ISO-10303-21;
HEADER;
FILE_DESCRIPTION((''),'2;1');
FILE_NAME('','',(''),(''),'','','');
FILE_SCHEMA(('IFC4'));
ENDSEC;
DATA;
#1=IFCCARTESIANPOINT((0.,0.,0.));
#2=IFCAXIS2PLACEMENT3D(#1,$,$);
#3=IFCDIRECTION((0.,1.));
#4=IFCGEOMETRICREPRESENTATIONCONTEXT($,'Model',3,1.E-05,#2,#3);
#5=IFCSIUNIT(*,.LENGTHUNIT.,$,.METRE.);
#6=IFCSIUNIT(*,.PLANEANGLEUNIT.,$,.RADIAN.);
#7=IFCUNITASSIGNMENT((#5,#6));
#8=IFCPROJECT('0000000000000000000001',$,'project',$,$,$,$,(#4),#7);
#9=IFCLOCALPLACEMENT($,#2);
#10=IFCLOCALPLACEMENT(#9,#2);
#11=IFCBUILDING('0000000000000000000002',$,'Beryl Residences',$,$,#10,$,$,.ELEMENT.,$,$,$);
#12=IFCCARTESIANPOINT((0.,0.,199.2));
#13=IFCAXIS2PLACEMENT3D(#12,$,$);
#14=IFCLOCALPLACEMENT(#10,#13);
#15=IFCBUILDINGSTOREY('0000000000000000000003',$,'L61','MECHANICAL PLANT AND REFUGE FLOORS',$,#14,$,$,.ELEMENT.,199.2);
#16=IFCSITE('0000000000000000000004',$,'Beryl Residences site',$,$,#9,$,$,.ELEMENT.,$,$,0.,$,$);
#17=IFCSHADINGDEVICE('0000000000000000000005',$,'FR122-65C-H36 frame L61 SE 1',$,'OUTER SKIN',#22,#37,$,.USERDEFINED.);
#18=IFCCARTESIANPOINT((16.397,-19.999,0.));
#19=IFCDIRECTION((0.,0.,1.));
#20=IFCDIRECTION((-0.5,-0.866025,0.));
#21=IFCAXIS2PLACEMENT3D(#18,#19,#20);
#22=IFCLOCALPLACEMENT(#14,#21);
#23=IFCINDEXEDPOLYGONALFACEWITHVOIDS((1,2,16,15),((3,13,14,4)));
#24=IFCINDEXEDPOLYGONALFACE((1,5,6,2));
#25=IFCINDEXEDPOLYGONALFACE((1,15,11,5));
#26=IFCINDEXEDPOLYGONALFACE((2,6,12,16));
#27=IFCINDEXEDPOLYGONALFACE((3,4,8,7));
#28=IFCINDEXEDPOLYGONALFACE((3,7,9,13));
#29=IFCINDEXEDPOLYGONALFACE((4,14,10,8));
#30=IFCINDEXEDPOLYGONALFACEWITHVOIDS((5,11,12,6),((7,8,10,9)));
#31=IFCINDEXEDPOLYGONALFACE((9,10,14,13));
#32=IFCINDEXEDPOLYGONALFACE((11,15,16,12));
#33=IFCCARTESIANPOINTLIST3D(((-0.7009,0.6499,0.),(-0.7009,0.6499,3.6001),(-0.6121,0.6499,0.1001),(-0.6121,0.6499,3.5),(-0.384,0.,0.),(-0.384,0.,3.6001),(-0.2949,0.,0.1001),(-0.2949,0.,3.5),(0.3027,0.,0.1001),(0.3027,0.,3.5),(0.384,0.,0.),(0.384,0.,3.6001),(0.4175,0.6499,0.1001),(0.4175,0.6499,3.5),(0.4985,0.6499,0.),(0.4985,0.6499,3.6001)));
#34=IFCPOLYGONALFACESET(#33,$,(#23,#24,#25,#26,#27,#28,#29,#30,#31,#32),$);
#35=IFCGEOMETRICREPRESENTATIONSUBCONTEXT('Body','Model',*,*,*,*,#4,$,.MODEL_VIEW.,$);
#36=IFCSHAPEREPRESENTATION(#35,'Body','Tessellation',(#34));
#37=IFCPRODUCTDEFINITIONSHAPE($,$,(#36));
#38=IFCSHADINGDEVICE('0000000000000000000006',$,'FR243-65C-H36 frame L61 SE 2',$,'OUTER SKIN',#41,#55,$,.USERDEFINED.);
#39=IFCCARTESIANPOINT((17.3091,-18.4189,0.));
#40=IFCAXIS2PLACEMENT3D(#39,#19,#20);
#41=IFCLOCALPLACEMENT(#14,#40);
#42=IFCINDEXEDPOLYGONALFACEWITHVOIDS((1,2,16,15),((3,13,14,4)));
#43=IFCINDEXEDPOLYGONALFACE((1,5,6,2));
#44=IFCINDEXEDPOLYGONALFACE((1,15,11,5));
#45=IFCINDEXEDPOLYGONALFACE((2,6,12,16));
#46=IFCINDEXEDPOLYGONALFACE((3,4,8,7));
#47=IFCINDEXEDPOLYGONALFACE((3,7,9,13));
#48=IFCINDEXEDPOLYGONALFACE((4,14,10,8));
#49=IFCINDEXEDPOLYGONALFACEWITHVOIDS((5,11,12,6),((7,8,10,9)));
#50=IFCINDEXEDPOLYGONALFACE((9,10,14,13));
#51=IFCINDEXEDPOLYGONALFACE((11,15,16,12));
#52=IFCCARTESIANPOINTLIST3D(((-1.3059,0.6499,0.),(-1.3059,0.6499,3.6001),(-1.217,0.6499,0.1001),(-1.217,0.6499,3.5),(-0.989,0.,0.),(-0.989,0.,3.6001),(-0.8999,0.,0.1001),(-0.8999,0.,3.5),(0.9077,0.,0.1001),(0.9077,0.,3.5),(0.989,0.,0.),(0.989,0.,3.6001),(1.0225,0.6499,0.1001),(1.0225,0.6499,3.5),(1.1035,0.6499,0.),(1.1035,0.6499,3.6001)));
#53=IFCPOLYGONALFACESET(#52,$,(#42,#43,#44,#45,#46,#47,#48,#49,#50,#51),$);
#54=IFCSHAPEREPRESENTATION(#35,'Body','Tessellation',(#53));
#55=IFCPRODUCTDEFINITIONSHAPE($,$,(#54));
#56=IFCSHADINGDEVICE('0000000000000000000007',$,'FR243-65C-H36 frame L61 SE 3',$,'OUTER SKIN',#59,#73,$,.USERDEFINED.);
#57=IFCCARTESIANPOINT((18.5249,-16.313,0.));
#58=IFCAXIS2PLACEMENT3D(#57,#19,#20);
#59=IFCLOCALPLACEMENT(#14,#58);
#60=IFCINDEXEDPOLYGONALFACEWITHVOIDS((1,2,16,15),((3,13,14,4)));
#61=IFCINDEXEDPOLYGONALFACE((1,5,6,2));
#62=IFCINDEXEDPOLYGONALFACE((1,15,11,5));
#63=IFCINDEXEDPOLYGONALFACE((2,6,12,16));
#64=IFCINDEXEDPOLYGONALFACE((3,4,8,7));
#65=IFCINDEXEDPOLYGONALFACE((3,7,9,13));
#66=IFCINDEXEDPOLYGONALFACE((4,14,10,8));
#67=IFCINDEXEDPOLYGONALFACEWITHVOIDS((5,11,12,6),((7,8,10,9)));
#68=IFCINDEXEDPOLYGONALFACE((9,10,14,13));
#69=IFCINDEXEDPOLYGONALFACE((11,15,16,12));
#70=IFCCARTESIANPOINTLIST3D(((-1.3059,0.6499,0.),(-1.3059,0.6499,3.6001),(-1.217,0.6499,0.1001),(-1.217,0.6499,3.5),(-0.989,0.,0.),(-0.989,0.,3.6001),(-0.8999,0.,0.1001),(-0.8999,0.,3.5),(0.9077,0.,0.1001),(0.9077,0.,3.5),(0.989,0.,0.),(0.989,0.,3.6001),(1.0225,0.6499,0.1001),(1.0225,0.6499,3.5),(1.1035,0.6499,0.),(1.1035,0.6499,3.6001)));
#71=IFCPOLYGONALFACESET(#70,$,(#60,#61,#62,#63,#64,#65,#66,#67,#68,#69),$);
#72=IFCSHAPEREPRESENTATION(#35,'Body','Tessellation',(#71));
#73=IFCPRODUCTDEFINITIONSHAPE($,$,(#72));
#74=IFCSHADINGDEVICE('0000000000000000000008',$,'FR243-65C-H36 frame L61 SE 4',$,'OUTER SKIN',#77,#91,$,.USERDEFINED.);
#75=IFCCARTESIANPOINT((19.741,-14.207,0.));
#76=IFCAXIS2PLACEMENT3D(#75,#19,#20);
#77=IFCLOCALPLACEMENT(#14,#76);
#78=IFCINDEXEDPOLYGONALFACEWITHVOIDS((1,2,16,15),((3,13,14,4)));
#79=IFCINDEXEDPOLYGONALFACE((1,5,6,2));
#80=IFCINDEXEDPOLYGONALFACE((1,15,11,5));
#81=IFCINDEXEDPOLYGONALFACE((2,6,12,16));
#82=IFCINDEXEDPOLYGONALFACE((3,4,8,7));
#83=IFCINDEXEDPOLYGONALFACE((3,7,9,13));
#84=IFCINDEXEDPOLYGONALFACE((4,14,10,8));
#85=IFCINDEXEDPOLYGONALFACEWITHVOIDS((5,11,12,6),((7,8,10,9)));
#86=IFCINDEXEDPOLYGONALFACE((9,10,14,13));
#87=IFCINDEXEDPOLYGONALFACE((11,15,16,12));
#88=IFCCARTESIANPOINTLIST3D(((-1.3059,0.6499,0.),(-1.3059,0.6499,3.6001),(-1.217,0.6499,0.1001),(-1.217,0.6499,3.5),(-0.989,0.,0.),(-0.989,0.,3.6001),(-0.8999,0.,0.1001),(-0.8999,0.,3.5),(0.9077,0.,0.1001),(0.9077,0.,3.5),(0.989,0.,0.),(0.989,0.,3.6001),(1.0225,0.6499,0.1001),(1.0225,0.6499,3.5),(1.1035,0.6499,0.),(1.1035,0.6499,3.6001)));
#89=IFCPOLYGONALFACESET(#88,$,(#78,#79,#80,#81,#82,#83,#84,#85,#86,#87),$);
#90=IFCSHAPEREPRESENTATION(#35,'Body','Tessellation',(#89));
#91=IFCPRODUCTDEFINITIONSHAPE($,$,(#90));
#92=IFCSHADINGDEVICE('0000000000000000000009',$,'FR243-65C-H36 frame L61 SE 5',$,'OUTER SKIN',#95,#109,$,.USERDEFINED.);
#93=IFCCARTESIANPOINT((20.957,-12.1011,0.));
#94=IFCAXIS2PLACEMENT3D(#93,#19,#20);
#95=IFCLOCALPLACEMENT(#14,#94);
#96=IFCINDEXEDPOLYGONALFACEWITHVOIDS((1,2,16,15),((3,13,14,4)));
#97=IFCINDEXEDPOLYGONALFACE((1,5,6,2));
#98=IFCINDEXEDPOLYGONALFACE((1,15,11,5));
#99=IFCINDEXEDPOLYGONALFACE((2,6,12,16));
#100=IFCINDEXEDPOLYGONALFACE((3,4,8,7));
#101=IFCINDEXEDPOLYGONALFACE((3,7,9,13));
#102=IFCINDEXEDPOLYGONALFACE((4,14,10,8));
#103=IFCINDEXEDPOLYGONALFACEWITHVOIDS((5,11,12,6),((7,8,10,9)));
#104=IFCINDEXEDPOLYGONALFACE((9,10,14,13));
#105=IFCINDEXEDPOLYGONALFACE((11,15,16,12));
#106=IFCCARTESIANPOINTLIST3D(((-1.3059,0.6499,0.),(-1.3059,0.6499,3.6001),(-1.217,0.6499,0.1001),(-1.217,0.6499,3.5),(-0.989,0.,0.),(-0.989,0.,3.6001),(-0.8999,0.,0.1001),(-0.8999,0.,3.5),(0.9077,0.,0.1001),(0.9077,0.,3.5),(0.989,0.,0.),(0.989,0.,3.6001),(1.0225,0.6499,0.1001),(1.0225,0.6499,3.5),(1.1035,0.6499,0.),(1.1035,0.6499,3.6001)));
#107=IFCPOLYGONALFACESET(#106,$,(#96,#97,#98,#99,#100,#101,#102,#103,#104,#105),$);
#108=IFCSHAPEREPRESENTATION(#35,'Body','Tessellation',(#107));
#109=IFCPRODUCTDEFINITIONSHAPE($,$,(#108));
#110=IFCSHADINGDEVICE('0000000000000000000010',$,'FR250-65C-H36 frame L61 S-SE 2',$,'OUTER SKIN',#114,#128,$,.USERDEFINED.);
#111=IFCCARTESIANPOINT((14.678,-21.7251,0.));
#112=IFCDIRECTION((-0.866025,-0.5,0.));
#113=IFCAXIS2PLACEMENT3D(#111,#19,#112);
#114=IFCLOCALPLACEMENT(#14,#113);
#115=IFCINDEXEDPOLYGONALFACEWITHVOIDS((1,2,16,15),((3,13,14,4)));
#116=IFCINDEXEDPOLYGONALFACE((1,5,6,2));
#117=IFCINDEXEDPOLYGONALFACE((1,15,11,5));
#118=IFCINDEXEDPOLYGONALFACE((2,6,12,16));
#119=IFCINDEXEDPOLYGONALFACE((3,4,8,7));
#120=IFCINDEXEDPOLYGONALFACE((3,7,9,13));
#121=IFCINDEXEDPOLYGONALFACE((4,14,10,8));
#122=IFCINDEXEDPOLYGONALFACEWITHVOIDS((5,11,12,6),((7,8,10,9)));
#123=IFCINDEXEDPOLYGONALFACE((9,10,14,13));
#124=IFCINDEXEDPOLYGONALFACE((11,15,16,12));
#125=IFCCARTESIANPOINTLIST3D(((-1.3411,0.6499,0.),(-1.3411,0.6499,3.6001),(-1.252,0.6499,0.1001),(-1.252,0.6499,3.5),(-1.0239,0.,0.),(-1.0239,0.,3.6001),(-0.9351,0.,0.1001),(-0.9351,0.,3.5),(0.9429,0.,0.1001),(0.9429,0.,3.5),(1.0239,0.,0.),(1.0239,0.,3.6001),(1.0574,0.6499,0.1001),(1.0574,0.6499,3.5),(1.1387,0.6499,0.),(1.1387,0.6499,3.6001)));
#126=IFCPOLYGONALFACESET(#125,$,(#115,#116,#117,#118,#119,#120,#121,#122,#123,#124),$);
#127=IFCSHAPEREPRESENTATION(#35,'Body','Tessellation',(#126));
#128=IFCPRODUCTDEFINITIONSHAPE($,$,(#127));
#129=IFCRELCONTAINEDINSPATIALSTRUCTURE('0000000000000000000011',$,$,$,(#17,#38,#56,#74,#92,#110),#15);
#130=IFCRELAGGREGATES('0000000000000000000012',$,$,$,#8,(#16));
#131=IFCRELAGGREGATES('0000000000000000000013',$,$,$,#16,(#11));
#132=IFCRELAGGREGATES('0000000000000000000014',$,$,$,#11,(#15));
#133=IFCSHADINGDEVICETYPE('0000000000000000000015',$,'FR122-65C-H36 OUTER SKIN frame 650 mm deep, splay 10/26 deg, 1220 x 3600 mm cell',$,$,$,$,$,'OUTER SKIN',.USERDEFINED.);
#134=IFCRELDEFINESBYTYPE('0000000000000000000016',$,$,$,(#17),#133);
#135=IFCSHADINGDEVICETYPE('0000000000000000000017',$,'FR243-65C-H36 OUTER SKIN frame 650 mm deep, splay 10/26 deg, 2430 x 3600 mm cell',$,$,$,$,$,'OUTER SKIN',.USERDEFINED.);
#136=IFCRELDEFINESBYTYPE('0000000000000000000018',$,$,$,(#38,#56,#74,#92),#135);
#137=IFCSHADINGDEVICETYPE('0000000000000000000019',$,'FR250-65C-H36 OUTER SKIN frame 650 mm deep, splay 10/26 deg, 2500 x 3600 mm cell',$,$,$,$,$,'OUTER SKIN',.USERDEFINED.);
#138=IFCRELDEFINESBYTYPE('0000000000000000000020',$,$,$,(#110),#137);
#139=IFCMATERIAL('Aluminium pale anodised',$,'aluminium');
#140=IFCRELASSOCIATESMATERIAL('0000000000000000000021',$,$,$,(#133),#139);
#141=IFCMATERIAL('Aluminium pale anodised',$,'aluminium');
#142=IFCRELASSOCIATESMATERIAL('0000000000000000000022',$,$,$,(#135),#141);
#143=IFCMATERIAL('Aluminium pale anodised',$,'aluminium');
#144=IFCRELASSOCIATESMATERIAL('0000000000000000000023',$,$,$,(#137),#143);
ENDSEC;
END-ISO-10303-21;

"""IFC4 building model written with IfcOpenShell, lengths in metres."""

from ifc_helpers import new_model, entity, si_unit, direction, frame, origin, place, context, subcontext, project, spatial, source, transform, mapped, material, type_object, type_shapes, element, save


model = new_model("IFC4")

# Units and contexts
model_context = context("Model", 3, precision=1e-05, world=origin(), true_north=direction((0.0, 1.0)))
body_context = subcontext(model_context, "Body", "Model", "MODEL_VIEW")
ifc_project = project(units=[si_unit("LENGTHUNIT", "METRE"), si_unit("PLANEANGLEUNIT", "RADIAN")], contexts=[model_context])

# Site, building, storey
site_placement = place(None, origin())
site = spatial("IfcSite", under=ifc_project, at=site_placement, Name="Beryl Residences site", CompositionType="ELEMENT", RefElevation=0.0)
building_placement = place(site_placement, origin())
building = spatial("IfcBuilding", under=site, at=building_placement, Name="Beryl Residences", CompositionType="ELEMENT")
storey_placement = place(building_placement, frame((0.0, 0.0, 199.2)))
storey = spatial("IfcBuildingStorey", under=building, at=storey_placement, Name="L61", Description="MECHANICAL PLANT AND REFUGE FLOORS", CompositionType="ELEMENT", Elevation=199.2)

# Shading devices
ifc_material_1 = material(Name="Aluminium pale anodised", Category="aluminium")
shading_device_type_1 = type_object("IfcShadingDeviceType", Name="FR122-65C-H36 OUTER SKIN frame 650 mm deep, splay 10/26 deg, 1220 x 3600 mm cell", ElementType="OUTER SKIN", PredefinedType="USERDEFINED", material=ifc_material_1)
cartesian_point_1 = entity("IfcCartesianPoint", [-0.384, 0.0])
cartesian_point_2 = entity("IfcCartesianPoint", [-0.3027, 0.1001])
cartesian_point_3 = entity("IfcCartesianPoint", [-0.4985, 0.0])
cartesian_point_4 = entity("IfcCartesianPoint", [-0.4175, 0.1001])
shared_shape_1 = source(origin(), body_context, "Body", "SweptSolid", [
    entity("IfcExtrudedAreaSolidTapered", entity("IfcArbitraryProfileDefWithVoids", "AREA", None, entity("IfcPolyline", [cartesian_point_1, entity("IfcCartesianPoint", [0.384, 0.0]), entity("IfcCartesianPoint", [0.384, 3.6001]), entity("IfcCartesianPoint", [-0.384, 3.6001]), cartesian_point_1]), [entity("IfcPolyline", [cartesian_point_2, entity("IfcCartesianPoint", [0.2949, 0.1001]), entity("IfcCartesianPoint", [0.2949, 3.5]), entity("IfcCartesianPoint", [-0.3027, 3.5]), cartesian_point_2])]), entity("IfcAxis2Placement3D", entity("IfcCartesianPoint", [0.0, 0.0, 0.0]), entity("IfcDirection", [0.0, 1.0, 0.0]), entity("IfcDirection", [-1.0, 0.0, 0.0])), entity("IfcDirection", [0.0, 0.0, 1.0]), 0.6499, entity("IfcArbitraryProfileDefWithVoids", "AREA", None, entity("IfcPolyline", [cartesian_point_3, entity("IfcCartesianPoint", [0.7009, 0.0]), entity("IfcCartesianPoint", [0.7009, 3.6001]), entity("IfcCartesianPoint", [-0.4985, 3.6001]), cartesian_point_3]), [entity("IfcPolyline", [cartesian_point_4, entity("IfcCartesianPoint", [0.6121, 0.1001]), entity("IfcCartesianPoint", [0.6121, 3.5]), entity("IfcCartesianPoint", [-0.4175, 3.5]), cartesian_point_4])])),
])
type_shapes(shading_device_type_1, [shared_shape_1])
shading_device_1_placement = place(storey_placement, frame((16.397, -19.999, 0.0), z_axis=(0.0, 0.0, 1.0), x_axis=(-0.5, -0.866025, 0.0)))
element("IfcShadingDevice", 1, at=shading_device_1_placement, inside=storey, type_object=shading_device_type_1, Name="FR122-65C-H36 frame L61 SE 1", ObjectType="OUTER SKIN", PredefinedType="USERDEFINED", context=body_context, shape_type="MappedRepresentation", body=[
    mapped(shared_shape_1, transform((0.0, 0.0, 0.0))),
])
ifc_material_2 = material(Name="Aluminium pale anodised", Category="aluminium")
shading_device_type_2 = type_object("IfcShadingDeviceType", Name="FR243-65C-H36 OUTER SKIN frame 650 mm deep, splay 10/26 deg, 2430 x 3600 mm cell", ElementType="OUTER SKIN", PredefinedType="USERDEFINED", material=ifc_material_2)
cartesian_point_5 = entity("IfcCartesianPoint", [-0.989, 0.0])
cartesian_point_6 = entity("IfcCartesianPoint", [-0.9077, 0.1001])
cartesian_point_7 = entity("IfcCartesianPoint", [-1.1035, 0.0])
cartesian_point_8 = entity("IfcCartesianPoint", [-1.0225, 0.1001])
shared_shape_2 = source(origin(), body_context, "Body", "SweptSolid", [
    entity("IfcExtrudedAreaSolidTapered", entity("IfcArbitraryProfileDefWithVoids", "AREA", None, entity("IfcPolyline", [cartesian_point_5, entity("IfcCartesianPoint", [0.989, 0.0]), entity("IfcCartesianPoint", [0.989, 3.6001]), entity("IfcCartesianPoint", [-0.989, 3.6001]), cartesian_point_5]), [entity("IfcPolyline", [cartesian_point_6, entity("IfcCartesianPoint", [0.8999, 0.1001]), entity("IfcCartesianPoint", [0.8999, 3.5]), entity("IfcCartesianPoint", [-0.9077, 3.5]), cartesian_point_6])]), entity("IfcAxis2Placement3D", entity("IfcCartesianPoint", [0.0, 0.0, 0.0]), entity("IfcDirection", [0.0, 1.0, 0.0]), entity("IfcDirection", [-1.0, 0.0, 0.0])), entity("IfcDirection", [0.0, 0.0, 1.0]), 0.6499, entity("IfcArbitraryProfileDefWithVoids", "AREA", None, entity("IfcPolyline", [cartesian_point_7, entity("IfcCartesianPoint", [1.3059, 0.0]), entity("IfcCartesianPoint", [1.3059, 3.6001]), entity("IfcCartesianPoint", [-1.1035, 3.6001]), cartesian_point_7]), [entity("IfcPolyline", [cartesian_point_8, entity("IfcCartesianPoint", [1.217, 0.1001]), entity("IfcCartesianPoint", [1.217, 3.5]), entity("IfcCartesianPoint", [-1.0225, 3.5]), cartesian_point_8])])),
])
type_shapes(shading_device_type_2, [shared_shape_2])
for number, where, z_axis, x_axis, name in (
    (2, (17.3091, -18.4189, 0.0), (0.0, 0.0, 1.0), (-0.5, -0.866025, 0.0), "FR243-65C-H36 frame L61 SE 2"),
    (3, (18.5249, -16.313, 0.0), (0.0, 0.0, 1.0), (-0.5, -0.866025, 0.0), "FR243-65C-H36 frame L61 SE 3"),
    (4, (19.741, -14.207, 0.0), (0.0, 0.0, 1.0), (-0.5, -0.866025, 0.0), "FR243-65C-H36 frame L61 SE 4"),
    (5, (20.957, -12.1011, 0.0), (0.0, 0.0, 1.0), (-0.5, -0.866025, 0.0), "FR243-65C-H36 frame L61 SE 5"),
):
    element("IfcShadingDevice", number, at=place(storey_placement, frame(where, z_axis=z_axis, x_axis=x_axis)), inside=storey, type_object=shading_device_type_2, Name=name, ObjectType="OUTER SKIN", PredefinedType="USERDEFINED", context=body_context, shape_type="MappedRepresentation", body=[
        mapped(shared_shape_2, transform((0.0, 0.0, 0.0))),
    ])
ifc_material_3 = material(Name="Aluminium pale anodised", Category="aluminium")
shading_device_type_3 = type_object("IfcShadingDeviceType", Name="FR250-65C-H36 OUTER SKIN frame 650 mm deep, splay 10/26 deg, 2500 x 3600 mm cell", ElementType="OUTER SKIN", PredefinedType="USERDEFINED", material=ifc_material_3)
cartesian_point_9 = entity("IfcCartesianPoint", [-1.0239, 0.0])
cartesian_point_10 = entity("IfcCartesianPoint", [-0.9429, 0.1001])
cartesian_point_11 = entity("IfcCartesianPoint", [-1.1387, 0.0])
cartesian_point_12 = entity("IfcCartesianPoint", [-1.0574, 0.1001])
shared_shape_3 = source(origin(), body_context, "Body", "SweptSolid", [
    entity("IfcExtrudedAreaSolidTapered", entity("IfcArbitraryProfileDefWithVoids", "AREA", None, entity("IfcPolyline", [cartesian_point_9, entity("IfcCartesianPoint", [1.0239, 0.0]), entity("IfcCartesianPoint", [1.0239, 3.6001]), entity("IfcCartesianPoint", [-1.0239, 3.6001]), cartesian_point_9]), [entity("IfcPolyline", [cartesian_point_10, entity("IfcCartesianPoint", [0.9351, 0.1001]), entity("IfcCartesianPoint", [0.9351, 3.5]), entity("IfcCartesianPoint", [-0.9429, 3.5]), cartesian_point_10])]), entity("IfcAxis2Placement3D", entity("IfcCartesianPoint", [0.0, 0.0, 0.0]), entity("IfcDirection", [0.0, 1.0, 0.0]), entity("IfcDirection", [-1.0, 0.0, 0.0])), entity("IfcDirection", [0.0, 0.0, 1.0]), 0.6499, entity("IfcArbitraryProfileDefWithVoids", "AREA", None, entity("IfcPolyline", [cartesian_point_11, entity("IfcCartesianPoint", [1.3411, 0.0]), entity("IfcCartesianPoint", [1.3411, 3.6001]), entity("IfcCartesianPoint", [-1.1387, 3.6001]), cartesian_point_11]), [entity("IfcPolyline", [cartesian_point_12, entity("IfcCartesianPoint", [1.252, 0.1001]), entity("IfcCartesianPoint", [1.252, 3.5]), entity("IfcCartesianPoint", [-1.0574, 3.5]), cartesian_point_12])])),
])
type_shapes(shading_device_type_3, [shared_shape_3])
shading_device_2_placement = place(storey_placement, frame((14.678, -21.7251, 0.0), z_axis=(0.0, 0.0, 1.0), x_axis=(-0.866025, -0.5, 0.0)))
element("IfcShadingDevice", 6, at=shading_device_2_placement, inside=storey, type_object=shading_device_type_3, Name="FR250-65C-H36 frame L61 S-SE 2", ObjectType="OUTER SKIN", PredefinedType="USERDEFINED", context=body_context, shape_type="MappedRepresentation", body=[
    mapped(shared_shape_3, transform((0.0, 0.0, 0.0))),
])

save(model, "model.ifc")
